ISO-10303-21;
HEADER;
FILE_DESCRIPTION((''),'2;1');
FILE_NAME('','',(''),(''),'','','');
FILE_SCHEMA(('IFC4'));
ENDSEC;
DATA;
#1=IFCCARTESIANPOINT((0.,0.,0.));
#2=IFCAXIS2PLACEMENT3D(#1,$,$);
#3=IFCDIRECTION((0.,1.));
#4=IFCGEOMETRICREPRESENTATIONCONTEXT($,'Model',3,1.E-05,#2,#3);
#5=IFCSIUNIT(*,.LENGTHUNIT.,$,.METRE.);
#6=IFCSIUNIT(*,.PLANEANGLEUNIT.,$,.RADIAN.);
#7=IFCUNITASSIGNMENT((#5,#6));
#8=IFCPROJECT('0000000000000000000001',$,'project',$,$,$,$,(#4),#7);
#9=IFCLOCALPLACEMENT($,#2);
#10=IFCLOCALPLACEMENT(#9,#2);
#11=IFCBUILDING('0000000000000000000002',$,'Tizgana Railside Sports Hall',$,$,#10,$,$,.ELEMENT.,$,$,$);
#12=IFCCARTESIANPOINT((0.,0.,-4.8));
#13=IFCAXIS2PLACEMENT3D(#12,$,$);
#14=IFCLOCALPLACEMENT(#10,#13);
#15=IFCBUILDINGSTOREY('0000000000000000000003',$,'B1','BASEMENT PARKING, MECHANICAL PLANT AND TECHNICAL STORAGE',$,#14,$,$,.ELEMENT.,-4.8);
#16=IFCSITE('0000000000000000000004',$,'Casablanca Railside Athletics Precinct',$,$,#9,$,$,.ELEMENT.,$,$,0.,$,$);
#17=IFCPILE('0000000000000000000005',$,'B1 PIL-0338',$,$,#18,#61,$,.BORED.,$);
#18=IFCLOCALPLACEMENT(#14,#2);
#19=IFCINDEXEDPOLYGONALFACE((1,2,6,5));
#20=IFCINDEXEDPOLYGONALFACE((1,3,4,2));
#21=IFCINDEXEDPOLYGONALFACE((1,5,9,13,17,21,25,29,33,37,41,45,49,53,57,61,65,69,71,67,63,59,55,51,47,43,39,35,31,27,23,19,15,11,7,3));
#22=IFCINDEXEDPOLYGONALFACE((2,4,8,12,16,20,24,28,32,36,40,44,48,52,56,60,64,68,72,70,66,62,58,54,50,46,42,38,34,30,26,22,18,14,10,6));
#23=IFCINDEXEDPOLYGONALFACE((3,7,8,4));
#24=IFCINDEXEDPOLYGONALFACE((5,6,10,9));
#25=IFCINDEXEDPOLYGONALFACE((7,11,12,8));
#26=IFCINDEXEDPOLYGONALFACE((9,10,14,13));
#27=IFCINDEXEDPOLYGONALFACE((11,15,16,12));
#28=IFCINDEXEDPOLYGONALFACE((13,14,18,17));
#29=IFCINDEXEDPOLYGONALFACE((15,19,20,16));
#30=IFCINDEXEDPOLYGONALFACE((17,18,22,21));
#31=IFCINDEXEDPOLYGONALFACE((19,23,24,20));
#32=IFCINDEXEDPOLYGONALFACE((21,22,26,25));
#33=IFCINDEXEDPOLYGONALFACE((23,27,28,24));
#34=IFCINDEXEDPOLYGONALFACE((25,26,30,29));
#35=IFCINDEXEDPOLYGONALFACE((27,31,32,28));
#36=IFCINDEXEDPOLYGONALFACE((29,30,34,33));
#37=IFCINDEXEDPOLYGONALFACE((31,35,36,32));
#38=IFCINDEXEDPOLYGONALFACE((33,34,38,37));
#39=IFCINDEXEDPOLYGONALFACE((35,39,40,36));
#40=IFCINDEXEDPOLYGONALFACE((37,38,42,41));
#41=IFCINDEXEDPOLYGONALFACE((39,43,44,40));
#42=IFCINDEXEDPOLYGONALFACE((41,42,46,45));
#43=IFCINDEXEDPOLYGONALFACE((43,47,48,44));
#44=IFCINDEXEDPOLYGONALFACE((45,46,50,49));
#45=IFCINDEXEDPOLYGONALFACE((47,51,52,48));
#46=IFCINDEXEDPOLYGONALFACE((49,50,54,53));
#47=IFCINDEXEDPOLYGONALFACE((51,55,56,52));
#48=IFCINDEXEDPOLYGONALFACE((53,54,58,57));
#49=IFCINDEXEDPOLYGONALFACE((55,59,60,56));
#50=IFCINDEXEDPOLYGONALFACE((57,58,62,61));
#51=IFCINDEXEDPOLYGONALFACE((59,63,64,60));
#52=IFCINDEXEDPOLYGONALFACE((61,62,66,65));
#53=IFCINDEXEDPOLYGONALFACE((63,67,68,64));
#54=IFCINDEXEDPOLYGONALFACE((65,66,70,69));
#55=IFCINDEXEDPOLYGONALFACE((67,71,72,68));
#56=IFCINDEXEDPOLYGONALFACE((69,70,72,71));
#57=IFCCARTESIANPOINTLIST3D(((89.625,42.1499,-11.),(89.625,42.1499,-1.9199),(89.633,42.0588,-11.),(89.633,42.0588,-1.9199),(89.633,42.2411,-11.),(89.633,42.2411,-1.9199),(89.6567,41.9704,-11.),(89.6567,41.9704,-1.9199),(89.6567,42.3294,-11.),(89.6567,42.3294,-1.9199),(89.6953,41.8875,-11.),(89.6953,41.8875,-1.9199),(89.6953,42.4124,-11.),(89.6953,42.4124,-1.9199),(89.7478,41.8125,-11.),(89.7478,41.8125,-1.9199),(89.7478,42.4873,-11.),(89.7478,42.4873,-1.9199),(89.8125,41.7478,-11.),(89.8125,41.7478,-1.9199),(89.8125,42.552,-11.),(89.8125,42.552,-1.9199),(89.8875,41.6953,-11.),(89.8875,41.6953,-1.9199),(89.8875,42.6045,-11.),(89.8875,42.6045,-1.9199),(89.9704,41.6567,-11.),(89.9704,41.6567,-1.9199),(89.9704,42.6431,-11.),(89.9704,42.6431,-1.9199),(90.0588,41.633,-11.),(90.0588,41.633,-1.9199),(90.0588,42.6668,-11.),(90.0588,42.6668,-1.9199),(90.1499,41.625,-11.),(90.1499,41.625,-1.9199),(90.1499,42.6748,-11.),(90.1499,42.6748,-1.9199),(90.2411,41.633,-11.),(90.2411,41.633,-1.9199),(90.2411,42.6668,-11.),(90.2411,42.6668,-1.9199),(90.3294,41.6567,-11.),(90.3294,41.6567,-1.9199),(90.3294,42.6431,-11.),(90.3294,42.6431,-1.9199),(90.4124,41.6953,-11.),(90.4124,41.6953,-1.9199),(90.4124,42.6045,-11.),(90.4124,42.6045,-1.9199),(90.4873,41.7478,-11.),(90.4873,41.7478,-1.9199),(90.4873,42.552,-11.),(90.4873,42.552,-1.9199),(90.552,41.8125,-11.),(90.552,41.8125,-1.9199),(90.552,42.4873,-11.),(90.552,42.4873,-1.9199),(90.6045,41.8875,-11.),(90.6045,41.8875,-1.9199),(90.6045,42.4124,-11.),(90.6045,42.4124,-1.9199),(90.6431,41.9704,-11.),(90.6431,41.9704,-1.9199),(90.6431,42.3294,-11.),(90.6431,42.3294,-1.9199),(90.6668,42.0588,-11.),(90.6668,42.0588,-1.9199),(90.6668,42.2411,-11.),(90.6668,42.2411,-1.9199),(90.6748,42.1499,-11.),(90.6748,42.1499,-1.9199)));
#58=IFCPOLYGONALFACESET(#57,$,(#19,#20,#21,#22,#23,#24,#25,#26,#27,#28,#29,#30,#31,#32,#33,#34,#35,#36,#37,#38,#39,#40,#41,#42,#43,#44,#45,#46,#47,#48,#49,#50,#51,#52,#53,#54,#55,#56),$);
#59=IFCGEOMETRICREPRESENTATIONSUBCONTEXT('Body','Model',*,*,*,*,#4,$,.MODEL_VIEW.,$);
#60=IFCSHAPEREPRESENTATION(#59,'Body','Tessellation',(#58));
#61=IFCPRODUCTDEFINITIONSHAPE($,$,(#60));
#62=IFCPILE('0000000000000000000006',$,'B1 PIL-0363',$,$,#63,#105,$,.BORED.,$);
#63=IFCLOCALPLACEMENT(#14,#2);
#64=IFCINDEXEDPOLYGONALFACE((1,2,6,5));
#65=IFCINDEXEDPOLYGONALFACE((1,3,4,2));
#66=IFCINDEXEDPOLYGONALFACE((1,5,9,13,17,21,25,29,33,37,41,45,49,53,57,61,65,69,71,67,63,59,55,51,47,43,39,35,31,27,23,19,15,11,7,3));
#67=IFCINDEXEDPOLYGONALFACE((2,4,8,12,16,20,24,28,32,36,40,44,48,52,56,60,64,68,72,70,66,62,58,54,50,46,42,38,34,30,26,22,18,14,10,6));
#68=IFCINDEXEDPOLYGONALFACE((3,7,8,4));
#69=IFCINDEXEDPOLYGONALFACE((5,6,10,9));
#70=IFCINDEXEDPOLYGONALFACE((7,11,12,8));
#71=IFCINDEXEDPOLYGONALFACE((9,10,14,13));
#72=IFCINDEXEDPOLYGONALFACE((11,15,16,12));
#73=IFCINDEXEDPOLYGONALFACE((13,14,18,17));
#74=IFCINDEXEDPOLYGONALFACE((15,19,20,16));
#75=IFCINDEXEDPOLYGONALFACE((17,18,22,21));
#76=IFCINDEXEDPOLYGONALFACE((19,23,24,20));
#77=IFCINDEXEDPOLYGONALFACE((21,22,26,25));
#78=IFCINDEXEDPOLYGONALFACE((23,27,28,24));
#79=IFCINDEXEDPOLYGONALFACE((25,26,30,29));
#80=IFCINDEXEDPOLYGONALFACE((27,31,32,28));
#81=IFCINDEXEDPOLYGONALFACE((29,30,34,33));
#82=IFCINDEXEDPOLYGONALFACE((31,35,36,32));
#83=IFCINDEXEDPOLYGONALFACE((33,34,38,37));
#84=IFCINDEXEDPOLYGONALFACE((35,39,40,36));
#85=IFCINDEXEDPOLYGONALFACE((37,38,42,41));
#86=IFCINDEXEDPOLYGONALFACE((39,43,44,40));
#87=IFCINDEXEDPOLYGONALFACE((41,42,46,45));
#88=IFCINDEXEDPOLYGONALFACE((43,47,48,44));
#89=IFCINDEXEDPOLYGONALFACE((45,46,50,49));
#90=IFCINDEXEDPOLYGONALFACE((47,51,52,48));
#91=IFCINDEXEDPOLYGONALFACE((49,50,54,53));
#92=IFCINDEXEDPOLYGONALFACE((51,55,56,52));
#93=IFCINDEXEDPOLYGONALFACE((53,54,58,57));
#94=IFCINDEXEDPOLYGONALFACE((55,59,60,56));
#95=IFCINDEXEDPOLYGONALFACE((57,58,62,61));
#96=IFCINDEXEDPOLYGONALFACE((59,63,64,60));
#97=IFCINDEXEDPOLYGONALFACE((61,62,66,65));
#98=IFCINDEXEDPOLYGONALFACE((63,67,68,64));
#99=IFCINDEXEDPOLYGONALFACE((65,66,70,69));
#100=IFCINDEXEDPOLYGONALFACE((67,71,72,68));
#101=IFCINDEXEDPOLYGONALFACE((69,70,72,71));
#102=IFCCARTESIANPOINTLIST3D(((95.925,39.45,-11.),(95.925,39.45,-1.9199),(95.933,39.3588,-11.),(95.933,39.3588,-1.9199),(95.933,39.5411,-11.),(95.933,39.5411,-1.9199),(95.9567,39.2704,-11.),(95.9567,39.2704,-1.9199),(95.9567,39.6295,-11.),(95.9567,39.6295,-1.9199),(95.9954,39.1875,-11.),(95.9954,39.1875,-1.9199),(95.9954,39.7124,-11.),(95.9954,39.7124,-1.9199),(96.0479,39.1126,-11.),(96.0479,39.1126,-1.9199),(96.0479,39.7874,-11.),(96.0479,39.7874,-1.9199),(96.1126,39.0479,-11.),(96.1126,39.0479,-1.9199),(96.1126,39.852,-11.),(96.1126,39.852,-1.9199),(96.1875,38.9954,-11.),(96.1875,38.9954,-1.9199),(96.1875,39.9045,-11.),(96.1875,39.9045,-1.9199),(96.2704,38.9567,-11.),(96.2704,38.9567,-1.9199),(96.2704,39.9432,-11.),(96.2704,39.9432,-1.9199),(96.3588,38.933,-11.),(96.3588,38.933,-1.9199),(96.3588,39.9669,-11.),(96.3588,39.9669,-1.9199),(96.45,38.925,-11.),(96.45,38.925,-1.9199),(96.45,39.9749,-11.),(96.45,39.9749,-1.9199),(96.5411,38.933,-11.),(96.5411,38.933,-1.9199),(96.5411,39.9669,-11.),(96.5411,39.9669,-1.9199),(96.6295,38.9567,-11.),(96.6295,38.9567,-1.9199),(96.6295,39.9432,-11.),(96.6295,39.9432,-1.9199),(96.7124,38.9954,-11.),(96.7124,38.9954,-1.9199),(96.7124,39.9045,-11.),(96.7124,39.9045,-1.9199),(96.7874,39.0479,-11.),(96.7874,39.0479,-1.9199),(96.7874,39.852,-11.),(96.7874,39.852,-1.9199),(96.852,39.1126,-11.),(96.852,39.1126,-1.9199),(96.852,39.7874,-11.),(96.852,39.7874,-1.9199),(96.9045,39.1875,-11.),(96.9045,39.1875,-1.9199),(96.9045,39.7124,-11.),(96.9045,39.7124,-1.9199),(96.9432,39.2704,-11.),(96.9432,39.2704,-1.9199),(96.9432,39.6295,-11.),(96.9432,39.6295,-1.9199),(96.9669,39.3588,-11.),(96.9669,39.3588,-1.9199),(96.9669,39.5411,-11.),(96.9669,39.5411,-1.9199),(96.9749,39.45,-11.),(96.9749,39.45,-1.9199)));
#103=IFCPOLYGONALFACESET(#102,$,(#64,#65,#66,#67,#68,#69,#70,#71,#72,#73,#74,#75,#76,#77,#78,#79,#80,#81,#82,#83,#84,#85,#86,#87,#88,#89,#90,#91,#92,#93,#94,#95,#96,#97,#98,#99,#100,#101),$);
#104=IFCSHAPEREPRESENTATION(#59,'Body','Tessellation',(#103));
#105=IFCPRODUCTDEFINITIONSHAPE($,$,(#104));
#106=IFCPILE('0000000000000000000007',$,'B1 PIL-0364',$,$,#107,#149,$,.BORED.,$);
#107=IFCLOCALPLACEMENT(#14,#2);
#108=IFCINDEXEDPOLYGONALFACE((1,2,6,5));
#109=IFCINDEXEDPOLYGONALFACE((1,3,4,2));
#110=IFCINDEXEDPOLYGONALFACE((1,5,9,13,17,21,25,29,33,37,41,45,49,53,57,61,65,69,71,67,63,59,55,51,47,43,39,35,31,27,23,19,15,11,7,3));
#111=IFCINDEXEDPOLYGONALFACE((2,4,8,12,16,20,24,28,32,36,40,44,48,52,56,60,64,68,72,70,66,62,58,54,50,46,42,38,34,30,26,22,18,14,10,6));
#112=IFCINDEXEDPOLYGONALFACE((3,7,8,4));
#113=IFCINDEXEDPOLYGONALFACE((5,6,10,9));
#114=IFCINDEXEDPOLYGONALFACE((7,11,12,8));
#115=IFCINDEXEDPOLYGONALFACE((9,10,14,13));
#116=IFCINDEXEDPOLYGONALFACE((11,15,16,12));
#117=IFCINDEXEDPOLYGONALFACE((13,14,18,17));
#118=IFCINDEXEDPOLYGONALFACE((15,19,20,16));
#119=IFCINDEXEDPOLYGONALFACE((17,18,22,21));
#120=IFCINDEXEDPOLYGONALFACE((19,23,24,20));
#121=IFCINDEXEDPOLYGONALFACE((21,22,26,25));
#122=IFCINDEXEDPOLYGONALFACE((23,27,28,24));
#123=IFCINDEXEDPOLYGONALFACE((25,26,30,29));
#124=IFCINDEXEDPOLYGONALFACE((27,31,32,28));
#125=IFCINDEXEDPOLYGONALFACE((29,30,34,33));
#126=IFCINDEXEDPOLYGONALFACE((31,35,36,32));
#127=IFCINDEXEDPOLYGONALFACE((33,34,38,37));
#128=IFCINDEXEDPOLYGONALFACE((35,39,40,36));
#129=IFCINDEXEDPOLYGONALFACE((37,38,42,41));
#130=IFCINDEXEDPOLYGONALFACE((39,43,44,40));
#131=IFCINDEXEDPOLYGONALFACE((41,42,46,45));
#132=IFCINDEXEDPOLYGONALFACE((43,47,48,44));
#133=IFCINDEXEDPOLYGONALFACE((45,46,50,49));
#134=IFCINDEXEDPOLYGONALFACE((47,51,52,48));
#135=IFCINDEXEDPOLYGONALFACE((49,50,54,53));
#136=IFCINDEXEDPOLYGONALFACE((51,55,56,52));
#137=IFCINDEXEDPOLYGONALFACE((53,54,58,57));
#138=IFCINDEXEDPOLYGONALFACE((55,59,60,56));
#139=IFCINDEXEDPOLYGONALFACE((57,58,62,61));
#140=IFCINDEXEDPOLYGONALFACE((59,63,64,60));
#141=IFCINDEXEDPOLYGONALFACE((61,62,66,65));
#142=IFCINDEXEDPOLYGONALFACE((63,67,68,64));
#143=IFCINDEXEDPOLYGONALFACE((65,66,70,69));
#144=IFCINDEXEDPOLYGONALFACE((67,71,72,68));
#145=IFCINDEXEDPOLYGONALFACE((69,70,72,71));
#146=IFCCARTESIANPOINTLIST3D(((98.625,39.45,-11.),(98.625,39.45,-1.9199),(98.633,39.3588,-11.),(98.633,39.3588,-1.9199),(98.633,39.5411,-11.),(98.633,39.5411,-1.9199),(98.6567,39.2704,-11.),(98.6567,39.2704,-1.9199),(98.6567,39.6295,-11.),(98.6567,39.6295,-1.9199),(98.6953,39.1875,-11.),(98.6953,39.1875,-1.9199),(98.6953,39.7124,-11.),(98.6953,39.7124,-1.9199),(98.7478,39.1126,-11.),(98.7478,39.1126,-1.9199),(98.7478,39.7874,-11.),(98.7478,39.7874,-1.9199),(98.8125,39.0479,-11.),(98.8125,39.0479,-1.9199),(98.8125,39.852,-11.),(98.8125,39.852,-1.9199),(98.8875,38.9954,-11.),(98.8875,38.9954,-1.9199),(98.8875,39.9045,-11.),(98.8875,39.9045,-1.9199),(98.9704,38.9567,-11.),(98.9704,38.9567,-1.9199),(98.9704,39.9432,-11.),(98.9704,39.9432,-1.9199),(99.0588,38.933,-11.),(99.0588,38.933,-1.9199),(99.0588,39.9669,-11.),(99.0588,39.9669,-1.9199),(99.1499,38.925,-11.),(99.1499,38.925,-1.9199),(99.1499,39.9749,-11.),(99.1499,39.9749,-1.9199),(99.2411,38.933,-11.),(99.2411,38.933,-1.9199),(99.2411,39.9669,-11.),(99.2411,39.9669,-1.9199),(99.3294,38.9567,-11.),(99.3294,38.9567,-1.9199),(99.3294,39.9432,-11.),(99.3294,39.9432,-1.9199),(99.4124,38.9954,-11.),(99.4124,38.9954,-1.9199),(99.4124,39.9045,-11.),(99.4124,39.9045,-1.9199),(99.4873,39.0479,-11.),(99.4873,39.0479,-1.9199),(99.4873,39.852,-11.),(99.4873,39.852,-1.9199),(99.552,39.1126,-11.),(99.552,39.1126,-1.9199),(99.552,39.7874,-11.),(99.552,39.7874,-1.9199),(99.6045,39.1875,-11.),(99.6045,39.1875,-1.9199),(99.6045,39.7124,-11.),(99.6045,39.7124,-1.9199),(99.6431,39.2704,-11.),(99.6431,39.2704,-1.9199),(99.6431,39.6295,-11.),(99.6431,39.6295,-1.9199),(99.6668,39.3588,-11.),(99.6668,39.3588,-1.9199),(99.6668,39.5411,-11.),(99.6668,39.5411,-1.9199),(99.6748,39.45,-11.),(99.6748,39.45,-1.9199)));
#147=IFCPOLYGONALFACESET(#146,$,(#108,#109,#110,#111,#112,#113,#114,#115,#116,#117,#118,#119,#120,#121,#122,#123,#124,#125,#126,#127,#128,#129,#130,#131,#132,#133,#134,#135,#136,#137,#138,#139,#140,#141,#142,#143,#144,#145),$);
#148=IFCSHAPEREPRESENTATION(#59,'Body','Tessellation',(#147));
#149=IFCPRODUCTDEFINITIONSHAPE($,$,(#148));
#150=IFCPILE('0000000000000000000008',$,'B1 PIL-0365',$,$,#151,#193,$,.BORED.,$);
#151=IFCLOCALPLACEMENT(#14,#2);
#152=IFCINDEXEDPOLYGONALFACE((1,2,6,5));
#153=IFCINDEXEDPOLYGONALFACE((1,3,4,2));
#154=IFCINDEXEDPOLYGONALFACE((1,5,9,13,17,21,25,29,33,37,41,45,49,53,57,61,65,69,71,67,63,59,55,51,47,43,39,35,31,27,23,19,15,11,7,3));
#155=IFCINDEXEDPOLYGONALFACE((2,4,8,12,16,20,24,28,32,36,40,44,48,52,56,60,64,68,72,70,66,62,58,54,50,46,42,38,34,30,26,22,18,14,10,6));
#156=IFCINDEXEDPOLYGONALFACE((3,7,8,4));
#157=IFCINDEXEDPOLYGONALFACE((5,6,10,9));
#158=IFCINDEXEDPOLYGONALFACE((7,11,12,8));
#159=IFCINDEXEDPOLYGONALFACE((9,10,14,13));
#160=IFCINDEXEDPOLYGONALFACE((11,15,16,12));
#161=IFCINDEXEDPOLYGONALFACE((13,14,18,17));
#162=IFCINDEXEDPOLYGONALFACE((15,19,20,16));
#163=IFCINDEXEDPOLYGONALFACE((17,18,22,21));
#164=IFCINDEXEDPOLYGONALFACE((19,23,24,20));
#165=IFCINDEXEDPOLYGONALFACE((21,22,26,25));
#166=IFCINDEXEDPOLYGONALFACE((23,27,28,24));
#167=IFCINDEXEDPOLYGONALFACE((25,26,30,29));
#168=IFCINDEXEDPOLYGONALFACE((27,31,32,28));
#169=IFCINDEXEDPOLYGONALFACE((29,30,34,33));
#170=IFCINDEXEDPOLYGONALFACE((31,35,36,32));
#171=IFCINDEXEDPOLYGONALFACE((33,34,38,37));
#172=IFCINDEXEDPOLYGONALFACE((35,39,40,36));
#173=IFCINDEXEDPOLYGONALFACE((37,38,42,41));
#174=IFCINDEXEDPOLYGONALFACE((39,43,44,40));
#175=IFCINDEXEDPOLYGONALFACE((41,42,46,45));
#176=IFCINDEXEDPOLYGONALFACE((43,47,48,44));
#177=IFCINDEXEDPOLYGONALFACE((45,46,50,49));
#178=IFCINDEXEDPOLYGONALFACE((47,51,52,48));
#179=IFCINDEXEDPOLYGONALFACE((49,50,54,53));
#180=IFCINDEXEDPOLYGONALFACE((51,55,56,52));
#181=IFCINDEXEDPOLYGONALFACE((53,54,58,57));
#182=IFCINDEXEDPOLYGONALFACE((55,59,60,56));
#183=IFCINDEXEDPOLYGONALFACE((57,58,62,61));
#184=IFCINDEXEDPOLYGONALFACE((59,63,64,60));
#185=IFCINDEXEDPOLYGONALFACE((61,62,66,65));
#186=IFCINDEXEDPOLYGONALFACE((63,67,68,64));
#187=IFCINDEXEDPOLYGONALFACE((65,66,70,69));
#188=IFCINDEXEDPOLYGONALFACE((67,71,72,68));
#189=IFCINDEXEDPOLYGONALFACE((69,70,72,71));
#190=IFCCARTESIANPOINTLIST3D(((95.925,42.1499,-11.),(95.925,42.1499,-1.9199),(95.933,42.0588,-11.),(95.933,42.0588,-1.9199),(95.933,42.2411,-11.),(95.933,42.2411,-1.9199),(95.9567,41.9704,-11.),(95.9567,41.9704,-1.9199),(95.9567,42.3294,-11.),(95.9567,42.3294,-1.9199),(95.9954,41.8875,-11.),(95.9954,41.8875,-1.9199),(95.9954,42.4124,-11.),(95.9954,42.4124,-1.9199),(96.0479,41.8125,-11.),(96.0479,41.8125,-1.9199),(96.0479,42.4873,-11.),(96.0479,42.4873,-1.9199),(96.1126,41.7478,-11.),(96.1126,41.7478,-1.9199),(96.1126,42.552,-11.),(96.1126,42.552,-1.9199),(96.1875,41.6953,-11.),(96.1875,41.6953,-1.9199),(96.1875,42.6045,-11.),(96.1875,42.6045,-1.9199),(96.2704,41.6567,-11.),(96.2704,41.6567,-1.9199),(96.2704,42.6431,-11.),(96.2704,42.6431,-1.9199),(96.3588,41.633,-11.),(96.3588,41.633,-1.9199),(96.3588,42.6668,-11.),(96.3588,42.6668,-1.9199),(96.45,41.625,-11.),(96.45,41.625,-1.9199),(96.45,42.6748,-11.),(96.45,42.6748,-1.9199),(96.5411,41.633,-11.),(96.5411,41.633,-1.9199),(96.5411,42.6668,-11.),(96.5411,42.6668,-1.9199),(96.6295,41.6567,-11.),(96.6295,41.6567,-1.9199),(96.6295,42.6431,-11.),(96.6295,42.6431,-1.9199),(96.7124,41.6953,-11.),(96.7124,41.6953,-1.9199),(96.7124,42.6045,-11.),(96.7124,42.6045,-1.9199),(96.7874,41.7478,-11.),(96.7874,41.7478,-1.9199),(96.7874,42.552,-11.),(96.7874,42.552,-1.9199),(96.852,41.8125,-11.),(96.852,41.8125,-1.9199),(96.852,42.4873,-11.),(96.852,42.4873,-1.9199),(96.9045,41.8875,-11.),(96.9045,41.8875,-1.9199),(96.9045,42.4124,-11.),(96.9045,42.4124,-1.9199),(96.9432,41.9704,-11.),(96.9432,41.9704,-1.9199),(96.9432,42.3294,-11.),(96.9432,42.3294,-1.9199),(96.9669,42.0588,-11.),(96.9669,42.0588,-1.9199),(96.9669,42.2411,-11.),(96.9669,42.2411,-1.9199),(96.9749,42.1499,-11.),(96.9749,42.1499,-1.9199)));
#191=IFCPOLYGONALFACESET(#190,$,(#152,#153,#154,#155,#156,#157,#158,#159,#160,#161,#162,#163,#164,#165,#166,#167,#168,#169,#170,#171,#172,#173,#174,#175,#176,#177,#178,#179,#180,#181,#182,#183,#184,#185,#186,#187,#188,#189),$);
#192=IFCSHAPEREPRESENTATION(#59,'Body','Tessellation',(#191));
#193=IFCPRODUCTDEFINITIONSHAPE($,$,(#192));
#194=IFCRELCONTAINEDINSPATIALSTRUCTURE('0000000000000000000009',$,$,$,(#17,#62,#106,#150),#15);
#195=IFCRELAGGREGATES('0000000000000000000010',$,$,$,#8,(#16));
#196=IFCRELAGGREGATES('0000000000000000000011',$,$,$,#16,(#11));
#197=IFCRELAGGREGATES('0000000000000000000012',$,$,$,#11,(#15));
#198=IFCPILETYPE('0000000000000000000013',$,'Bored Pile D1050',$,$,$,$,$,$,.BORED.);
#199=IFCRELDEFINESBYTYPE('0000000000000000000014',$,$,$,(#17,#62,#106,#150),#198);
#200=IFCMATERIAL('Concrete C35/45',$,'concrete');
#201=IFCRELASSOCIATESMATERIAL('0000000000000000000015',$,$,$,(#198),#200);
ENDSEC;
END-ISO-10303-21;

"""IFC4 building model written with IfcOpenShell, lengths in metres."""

from ifc_helpers import new_model, si_unit, direction, frame, origin, origin_2d, place, context, subcontext, project, spatial, circle, extrude, material, material_profile, profile_set, type_object, element, save


model = new_model("IFC4")

# Units and contexts
model_context = context("Model", 3, precision=1e-05, world=origin(), true_north=direction((0.0, 1.0)))
body_context = subcontext(model_context, "Body", "Model", "MODEL_VIEW")
ifc_project = project(units=[si_unit("LENGTHUNIT", "METRE"), si_unit("PLANEANGLEUNIT", "RADIAN")], contexts=[model_context])

# Site, building, storey
site_placement = place(None, origin())
site = spatial("IfcSite", under=ifc_project, at=site_placement, Name="Casablanca Railside Athletics Precinct", CompositionType="ELEMENT", RefElevation=0.0)
building_placement = place(site_placement, origin())
building = spatial("IfcBuilding", under=site, at=building_placement, Name="Tizgana Railside Sports Hall", CompositionType="ELEMENT")
storey_placement = place(building_placement, frame((0.0, 0.0, -4.8)))
storey = spatial("IfcBuildingStorey", under=building, at=storey_placement, Name="B1", Description="BASEMENT PARKING, MECHANICAL PLANT AND TECHNICAL STORAGE", CompositionType="ELEMENT", Elevation=-4.8)

# Piles
ifc_material_1 = material(Name="Concrete C35/45", Category="concrete")
ifc_material_profile_1 = material_profile(ifc_material_1, circle(Radius=0.5249, at=origin_2d()), Name="PILE D1050")
ifc_profile_set_1 = profile_set([ifc_material_profile_1], Name="Concrete C35/45")
pile_type_1 = type_object("IfcPileType", Name="Bored Pile D1050", PredefinedType="BORED", material=ifc_profile_set_1)
for number, where, z_axis, x_axis, name in (
    (1, (90.1499, 42.1499, -1.9199), (0.0, 0.0, -1.0), (1.0, 0.0, 0.0), "B1 PIL-0338"),
    (2, (96.45, 39.45, -1.9199), (0.0, 0.0, -1.0), (1.0, 0.0, 0.0), "B1 PIL-0363"),
    (3, (99.1499, 39.45, -1.9199), (0.0, 0.0, -1.0), (1.0, 0.0, 0.0), "B1 PIL-0364"),
    (4, (96.45, 42.1499, -1.9199), (0.0, 0.0, -1.0), (1.0, 0.0, 0.0), "B1 PIL-0365"),
):
    element("IfcPile", number, at=place(storey_placement, frame(where, z_axis=z_axis, x_axis=x_axis)), inside=storey, type_object=pile_type_1, Name=name, PredefinedType="BORED", context=body_context, shape_type="SweptSolid", body=[
        extrude(circle(Radius=0.5249, at=origin_2d()), origin(), (0.0, 0.0, 1.0), 9.0801),
    ])

save(model, "model.ifc")
